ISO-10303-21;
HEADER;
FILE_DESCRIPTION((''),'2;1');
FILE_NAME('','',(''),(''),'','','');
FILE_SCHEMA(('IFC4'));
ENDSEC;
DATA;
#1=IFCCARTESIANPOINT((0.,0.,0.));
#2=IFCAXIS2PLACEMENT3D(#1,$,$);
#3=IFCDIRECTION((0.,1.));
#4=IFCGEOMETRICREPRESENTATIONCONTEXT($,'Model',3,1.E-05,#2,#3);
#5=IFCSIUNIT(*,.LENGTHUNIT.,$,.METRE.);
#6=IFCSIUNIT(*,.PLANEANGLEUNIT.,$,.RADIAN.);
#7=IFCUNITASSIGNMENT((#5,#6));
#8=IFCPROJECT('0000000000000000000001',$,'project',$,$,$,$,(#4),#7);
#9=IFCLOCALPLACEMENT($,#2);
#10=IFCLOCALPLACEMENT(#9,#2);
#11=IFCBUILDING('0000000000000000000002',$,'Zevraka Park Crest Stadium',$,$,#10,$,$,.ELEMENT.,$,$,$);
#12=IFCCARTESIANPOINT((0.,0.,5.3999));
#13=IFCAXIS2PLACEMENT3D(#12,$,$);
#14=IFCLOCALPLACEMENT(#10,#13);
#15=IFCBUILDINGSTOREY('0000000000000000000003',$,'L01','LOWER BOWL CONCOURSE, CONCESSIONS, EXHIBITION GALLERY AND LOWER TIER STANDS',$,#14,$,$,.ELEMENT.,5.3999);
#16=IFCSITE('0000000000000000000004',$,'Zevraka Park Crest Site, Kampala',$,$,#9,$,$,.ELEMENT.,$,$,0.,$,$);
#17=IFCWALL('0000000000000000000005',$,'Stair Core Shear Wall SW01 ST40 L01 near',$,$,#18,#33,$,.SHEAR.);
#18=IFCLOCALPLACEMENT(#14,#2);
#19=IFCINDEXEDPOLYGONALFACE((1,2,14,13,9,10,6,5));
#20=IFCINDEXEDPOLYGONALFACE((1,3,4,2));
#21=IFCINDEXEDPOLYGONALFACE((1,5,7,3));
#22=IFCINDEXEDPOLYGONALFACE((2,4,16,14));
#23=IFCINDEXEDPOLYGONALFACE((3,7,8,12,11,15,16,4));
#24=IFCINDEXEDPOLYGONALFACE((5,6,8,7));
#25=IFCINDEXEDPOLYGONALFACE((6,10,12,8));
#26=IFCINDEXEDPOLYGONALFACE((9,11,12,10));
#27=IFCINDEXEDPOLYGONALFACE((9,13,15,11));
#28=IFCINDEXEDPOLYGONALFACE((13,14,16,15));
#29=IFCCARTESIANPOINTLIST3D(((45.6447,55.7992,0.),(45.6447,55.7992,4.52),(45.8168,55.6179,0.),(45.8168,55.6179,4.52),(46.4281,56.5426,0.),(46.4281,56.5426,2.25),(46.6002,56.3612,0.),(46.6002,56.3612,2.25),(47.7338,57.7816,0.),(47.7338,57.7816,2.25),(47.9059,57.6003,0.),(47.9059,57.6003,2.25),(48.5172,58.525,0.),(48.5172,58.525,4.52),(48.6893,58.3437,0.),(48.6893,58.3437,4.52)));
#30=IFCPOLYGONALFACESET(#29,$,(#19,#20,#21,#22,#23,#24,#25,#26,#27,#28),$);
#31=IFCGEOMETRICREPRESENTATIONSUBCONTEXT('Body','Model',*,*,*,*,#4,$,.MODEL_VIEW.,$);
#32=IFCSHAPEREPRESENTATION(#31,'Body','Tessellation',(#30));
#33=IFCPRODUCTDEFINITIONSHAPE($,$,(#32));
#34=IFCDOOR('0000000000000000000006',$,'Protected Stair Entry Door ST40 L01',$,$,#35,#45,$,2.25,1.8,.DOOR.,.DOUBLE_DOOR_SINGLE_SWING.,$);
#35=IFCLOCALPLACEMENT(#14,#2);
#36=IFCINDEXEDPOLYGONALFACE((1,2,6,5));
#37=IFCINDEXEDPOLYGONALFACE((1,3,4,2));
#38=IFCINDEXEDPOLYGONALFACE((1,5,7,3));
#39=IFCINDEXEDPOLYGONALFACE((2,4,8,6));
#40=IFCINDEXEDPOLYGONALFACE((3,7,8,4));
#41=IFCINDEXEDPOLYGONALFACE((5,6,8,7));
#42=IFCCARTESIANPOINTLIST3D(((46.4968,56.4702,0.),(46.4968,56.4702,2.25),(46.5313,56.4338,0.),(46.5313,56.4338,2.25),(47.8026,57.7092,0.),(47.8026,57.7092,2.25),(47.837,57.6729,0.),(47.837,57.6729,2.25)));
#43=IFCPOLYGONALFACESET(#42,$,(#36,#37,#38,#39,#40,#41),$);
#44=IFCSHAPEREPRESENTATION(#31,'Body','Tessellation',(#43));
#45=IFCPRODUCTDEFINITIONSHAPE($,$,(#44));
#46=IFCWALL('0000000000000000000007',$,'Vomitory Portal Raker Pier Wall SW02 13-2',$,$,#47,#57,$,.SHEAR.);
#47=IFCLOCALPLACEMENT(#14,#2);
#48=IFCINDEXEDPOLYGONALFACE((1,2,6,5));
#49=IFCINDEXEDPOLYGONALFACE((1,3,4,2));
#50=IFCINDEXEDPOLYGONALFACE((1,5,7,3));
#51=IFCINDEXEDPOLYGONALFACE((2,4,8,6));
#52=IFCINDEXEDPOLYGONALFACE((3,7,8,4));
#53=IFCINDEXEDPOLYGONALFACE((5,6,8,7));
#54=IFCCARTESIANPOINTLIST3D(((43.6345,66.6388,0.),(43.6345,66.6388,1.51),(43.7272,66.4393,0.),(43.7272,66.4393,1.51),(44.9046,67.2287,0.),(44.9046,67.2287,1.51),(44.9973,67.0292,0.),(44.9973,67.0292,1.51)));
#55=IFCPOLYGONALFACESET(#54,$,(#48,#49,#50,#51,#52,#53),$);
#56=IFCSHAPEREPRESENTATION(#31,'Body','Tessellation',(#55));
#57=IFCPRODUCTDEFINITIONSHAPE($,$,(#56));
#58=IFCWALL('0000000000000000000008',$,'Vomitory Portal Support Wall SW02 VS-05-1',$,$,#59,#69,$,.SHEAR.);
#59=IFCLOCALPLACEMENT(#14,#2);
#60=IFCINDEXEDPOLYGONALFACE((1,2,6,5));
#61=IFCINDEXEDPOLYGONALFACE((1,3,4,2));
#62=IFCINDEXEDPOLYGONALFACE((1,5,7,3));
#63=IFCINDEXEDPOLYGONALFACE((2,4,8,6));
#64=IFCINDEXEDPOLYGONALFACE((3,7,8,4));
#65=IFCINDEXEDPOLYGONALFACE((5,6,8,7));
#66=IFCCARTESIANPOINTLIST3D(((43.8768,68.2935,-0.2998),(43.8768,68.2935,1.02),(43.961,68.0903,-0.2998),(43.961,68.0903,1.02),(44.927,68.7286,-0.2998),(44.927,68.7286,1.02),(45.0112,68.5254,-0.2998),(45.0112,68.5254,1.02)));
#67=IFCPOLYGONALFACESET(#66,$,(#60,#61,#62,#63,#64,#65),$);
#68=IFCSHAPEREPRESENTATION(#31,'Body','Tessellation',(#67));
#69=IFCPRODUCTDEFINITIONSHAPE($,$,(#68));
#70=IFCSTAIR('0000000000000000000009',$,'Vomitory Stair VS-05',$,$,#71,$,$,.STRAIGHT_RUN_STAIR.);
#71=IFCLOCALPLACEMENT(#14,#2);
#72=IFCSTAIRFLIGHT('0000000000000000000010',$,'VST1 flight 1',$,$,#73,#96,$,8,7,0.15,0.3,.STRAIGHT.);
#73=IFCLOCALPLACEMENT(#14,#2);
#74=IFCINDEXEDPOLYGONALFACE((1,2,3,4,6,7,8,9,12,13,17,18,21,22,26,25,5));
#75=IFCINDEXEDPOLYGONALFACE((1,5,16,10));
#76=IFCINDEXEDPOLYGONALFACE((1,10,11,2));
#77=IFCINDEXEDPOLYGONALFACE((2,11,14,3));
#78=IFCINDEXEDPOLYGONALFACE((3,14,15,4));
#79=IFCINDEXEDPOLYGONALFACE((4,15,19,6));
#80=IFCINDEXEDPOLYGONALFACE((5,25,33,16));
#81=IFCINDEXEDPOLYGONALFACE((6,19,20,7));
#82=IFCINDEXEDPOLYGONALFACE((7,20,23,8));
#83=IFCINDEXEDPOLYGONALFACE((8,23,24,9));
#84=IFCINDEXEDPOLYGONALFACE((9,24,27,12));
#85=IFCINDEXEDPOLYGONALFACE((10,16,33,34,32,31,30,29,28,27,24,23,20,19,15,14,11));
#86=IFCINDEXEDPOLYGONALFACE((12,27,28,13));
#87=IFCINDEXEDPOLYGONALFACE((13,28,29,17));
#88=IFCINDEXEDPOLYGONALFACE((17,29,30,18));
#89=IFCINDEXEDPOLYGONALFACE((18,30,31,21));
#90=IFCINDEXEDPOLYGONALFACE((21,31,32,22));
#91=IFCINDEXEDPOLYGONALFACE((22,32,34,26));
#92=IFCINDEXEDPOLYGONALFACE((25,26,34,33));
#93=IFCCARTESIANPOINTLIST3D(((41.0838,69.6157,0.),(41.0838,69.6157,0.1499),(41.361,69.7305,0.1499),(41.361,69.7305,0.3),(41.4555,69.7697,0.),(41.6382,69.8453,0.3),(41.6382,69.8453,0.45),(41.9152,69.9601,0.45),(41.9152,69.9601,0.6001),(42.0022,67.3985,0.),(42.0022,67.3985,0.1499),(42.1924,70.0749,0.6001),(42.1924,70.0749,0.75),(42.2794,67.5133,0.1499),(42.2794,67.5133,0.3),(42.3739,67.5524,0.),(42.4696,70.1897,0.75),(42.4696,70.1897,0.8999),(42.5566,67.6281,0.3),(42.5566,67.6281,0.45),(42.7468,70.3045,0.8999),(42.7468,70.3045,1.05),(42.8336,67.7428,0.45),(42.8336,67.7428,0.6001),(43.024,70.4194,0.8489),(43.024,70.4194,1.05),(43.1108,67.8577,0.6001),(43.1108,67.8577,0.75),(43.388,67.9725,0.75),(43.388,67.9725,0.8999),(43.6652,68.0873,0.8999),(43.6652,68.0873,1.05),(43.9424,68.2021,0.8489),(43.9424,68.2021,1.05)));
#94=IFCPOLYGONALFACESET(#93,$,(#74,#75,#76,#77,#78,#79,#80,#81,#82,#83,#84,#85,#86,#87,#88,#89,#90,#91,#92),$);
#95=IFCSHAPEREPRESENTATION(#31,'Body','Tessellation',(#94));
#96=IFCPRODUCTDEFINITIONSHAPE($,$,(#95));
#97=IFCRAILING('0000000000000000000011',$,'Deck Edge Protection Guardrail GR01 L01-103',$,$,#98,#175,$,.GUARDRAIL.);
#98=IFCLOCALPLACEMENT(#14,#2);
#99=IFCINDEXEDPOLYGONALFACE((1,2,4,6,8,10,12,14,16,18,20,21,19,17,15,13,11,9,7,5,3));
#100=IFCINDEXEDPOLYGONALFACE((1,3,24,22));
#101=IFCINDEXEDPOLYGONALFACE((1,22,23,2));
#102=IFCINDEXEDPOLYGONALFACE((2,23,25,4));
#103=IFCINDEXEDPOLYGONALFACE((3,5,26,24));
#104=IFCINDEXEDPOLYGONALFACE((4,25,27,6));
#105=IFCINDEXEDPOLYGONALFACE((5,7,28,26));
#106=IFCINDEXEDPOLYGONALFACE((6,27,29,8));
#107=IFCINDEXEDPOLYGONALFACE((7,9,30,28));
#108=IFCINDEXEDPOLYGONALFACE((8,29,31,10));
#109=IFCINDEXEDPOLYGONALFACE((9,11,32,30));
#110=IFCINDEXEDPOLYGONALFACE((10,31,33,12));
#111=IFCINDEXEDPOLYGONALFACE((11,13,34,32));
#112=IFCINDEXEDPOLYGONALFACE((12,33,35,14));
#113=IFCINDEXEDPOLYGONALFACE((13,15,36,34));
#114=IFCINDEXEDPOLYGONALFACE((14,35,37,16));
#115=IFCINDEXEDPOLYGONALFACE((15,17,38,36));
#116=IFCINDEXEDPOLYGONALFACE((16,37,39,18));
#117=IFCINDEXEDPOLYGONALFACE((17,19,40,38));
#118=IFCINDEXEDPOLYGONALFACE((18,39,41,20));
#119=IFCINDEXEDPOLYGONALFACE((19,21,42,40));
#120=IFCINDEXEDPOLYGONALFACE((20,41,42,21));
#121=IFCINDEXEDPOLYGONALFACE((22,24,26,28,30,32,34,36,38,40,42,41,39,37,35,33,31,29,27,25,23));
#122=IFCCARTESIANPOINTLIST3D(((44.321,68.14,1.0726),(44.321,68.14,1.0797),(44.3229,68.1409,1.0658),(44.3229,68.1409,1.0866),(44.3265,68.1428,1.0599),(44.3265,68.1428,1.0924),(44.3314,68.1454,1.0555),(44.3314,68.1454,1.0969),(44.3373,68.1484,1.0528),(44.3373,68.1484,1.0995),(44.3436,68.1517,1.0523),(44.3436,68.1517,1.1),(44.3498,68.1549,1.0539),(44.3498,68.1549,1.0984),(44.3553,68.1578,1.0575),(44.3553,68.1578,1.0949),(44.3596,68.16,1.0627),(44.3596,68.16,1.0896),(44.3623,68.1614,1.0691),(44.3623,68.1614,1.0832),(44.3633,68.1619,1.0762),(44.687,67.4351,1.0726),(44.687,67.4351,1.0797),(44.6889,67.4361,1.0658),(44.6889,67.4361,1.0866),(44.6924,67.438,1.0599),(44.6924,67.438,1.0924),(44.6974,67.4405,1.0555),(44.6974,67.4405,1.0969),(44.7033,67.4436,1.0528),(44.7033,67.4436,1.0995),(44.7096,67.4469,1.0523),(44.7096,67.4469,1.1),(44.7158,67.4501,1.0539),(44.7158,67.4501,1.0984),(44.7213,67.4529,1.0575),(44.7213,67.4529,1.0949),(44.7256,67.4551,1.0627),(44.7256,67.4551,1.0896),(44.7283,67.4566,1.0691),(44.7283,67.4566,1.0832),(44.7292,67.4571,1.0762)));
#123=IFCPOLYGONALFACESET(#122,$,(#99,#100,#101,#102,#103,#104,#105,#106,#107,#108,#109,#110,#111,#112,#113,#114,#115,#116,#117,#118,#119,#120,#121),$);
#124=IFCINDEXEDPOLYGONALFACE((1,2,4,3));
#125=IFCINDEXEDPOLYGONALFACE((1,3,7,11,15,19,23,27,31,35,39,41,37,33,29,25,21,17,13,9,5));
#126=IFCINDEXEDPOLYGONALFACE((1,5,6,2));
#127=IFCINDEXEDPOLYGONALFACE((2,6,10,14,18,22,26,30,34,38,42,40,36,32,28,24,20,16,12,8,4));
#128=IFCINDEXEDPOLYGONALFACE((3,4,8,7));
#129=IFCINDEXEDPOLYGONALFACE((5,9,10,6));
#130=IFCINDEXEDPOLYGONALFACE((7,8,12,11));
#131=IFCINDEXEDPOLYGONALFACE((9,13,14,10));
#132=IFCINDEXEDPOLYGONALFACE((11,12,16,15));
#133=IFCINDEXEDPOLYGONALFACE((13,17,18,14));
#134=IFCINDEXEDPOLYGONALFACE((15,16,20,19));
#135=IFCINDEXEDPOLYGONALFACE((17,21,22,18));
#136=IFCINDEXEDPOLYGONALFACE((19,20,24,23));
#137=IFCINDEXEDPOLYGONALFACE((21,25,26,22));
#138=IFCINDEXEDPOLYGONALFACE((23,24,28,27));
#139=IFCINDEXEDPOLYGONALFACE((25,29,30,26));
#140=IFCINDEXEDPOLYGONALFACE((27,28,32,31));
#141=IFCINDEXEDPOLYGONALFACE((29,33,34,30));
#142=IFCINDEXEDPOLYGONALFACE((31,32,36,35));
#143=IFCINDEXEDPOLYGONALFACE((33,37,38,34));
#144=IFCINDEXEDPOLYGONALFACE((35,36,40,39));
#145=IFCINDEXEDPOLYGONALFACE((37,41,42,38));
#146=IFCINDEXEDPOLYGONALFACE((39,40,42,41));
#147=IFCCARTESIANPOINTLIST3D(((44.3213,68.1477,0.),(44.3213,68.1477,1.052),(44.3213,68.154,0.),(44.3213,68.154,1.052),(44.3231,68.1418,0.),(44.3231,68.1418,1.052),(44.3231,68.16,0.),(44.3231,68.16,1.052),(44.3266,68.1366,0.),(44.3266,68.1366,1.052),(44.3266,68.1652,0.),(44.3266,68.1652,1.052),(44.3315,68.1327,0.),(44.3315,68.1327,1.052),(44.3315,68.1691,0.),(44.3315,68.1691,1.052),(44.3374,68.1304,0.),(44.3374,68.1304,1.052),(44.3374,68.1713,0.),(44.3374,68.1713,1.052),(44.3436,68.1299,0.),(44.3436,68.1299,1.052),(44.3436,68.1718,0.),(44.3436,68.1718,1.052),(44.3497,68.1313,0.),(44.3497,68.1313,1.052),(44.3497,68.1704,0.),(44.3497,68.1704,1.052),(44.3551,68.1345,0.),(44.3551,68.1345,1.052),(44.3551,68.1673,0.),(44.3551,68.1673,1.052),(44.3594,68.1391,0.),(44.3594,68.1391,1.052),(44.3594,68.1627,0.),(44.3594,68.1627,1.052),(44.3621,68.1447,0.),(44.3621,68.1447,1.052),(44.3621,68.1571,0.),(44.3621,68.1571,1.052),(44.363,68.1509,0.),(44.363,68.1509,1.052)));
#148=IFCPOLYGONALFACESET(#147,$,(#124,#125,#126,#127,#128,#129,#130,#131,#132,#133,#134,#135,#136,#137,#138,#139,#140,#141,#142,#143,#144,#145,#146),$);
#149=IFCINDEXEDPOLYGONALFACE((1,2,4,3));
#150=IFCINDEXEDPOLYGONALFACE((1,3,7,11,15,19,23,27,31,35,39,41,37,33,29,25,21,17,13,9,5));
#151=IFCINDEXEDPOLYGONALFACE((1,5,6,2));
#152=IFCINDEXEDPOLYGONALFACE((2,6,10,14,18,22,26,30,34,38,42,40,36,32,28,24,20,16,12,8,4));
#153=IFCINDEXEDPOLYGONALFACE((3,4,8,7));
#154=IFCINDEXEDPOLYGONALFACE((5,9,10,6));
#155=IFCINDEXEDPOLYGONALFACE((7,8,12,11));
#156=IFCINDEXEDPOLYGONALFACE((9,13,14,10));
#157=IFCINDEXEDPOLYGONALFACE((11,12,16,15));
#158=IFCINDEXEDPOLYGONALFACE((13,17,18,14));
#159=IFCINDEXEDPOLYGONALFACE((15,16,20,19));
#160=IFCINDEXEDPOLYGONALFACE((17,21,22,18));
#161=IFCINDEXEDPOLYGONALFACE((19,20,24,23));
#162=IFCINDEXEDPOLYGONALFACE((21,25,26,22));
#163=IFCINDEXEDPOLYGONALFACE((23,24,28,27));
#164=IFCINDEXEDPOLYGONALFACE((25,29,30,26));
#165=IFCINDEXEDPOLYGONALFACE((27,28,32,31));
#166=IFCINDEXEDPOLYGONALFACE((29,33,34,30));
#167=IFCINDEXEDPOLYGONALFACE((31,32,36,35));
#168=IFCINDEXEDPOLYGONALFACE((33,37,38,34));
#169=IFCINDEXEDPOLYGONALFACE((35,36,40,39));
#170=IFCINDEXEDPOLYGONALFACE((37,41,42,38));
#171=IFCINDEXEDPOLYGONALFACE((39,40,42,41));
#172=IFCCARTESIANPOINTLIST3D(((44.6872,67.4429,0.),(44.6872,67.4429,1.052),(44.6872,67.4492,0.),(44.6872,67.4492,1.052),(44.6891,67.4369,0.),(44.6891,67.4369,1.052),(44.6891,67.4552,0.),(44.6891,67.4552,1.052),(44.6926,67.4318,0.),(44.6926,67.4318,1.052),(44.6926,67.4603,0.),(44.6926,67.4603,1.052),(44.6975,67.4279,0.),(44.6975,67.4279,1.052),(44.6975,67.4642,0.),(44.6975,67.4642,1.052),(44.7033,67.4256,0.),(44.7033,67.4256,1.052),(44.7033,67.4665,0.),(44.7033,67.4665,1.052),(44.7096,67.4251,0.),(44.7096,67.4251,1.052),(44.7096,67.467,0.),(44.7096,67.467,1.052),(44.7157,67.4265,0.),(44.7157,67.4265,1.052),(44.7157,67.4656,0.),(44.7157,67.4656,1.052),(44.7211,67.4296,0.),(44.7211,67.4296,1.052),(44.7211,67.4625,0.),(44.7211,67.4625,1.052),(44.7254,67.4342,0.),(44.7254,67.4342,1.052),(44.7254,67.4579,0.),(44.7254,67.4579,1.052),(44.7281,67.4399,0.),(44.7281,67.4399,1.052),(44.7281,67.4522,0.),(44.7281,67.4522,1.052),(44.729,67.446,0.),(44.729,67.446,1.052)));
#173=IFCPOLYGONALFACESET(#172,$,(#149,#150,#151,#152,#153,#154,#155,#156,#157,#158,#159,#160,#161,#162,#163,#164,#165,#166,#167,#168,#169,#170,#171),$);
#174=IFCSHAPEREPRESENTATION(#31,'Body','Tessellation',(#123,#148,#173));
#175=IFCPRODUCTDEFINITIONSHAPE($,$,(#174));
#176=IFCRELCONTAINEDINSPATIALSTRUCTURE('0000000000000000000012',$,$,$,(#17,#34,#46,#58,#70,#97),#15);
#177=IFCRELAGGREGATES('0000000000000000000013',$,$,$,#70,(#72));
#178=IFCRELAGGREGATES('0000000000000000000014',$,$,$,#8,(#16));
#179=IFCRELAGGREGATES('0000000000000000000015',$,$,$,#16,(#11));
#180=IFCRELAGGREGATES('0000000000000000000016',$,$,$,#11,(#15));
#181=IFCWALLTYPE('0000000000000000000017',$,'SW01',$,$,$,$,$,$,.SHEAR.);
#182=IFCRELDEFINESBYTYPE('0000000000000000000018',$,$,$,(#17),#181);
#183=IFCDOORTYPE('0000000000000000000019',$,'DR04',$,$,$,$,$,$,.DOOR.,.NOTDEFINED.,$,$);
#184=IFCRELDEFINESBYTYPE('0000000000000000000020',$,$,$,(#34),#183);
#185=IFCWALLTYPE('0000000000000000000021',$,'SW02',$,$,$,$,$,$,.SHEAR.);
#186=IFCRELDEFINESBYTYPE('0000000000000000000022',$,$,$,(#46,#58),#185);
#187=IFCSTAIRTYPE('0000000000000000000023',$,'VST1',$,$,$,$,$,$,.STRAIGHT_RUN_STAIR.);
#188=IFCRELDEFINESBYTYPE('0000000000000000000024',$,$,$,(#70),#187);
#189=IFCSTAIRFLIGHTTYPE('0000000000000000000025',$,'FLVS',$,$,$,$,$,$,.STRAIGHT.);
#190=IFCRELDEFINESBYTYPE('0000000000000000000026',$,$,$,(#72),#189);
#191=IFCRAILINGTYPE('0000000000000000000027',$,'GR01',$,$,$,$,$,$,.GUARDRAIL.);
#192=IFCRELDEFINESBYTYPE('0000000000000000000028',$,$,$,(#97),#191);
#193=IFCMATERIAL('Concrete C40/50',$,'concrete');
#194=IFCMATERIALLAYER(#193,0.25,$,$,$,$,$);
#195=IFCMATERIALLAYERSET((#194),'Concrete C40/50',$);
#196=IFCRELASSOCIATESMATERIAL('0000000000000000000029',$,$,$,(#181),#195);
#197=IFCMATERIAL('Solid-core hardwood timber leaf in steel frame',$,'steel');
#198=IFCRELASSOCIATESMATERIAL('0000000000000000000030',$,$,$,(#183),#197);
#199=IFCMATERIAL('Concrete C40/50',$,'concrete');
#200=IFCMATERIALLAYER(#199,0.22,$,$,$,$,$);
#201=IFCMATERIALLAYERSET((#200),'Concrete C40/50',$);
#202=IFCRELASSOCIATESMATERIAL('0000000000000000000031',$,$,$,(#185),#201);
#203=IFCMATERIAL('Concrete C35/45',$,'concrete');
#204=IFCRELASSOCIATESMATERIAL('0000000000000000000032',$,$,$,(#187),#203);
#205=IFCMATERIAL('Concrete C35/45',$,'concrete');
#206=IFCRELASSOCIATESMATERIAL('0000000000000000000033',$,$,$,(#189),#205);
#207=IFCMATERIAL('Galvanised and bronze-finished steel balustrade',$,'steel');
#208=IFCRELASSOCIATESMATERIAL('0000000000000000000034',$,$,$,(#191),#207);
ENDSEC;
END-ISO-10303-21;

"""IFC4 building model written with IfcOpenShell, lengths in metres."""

from ifc_helpers import new_model, si_unit, direction, frame, frame_2d, origin, origin_2d, place, context, subcontext, project, spatial, polyline, rectangle, circle, outline, extrude, material, layer, layer_set, type_object, element, fill, aggregate, save


model = new_model("IFC4")

# Units and contexts
model_context = context("Model", 3, precision=1e-05, world=origin(), true_north=direction((0.0, 1.0)))
body_context = subcontext(model_context, "Body", "Model", "MODEL_VIEW")
ifc_project = project(units=[si_unit("LENGTHUNIT", "METRE"), si_unit("PLANEANGLEUNIT", "RADIAN")], contexts=[model_context])

# Site, building, storey
site_placement = place(None, origin())
site = spatial("IfcSite", under=ifc_project, at=site_placement, Name="Zevraka Park Crest Site, Kampala", CompositionType="ELEMENT", RefElevation=0.0)
building_placement = place(site_placement, origin())
building = spatial("IfcBuilding", under=site, at=building_placement, Name="Zevraka Park Crest Stadium", CompositionType="ELEMENT")
storey_placement = place(building_placement, frame((0.0, 0.0, 5.3999)))
storey = spatial("IfcBuildingStorey", under=building, at=storey_placement, Name="L01", Description="LOWER BOWL CONCOURSE, CONCESSIONS, EXHIBITION GALLERY AND LOWER TIER STANDS", CompositionType="ELEMENT", Elevation=5.3999)

# Wall, opening, door
ifc_material_1 = material(Name="Concrete C40/50", Category="concrete")
ifc_layer_1 = layer(ifc_material_1, 0.25)
ifc_layer_set_1 = layer_set([ifc_layer_1], Name="Concrete C40/50")
wall_type_1 = type_object("IfcWallType", Name="SW01", PredefinedType="SHEAR", material=ifc_layer_set_1)
wall_1_placement = place(storey_placement, frame((48.6033, 58.4343, 0.0), z_axis=(0.0, 0.0, 1.0), x_axis=(-0.72539, -0.688338, 0.0)))
wall_1 = element("IfcWall", 1, at=wall_1_placement, inside=storey, type_object=wall_type_1, Name="Stair Core Shear Wall SW01 ST40 L01 near", PredefinedType="SHEAR", context=body_context, shape_type="SweptSolid", body=[
    extrude(rectangle(XDim=3.96, YDim=0.25, at=frame_2d((1.98, 0.0))), origin(), (0.0, 0.0, 1.0), 4.52),
])
opening_placement = place(wall_1_placement, frame((1.0801, 0.0, 0.0)))
opening = element("IfcOpeningElement", 2, at=opening_placement, cuts=wall_1, PredefinedType="OPENING", context=body_context, shape_type="SweptSolid", body=[
    extrude(rectangle(XDim=1.8, YDim=2.25, at=frame_2d((0.8999, 1.125))), frame((0.0, 0.135, 0.0), z_axis=(0.0, -1.0, 0.0), x_axis=(1.0, 0.0, 0.0)), (0.0, 0.0, 1.0), 0.27),
])
ifc_material_2 = material(Name="Solid-core hardwood timber leaf in steel frame", Category="steel")
door_type = type_object("IfcDoorType", Name="DR04", OperationType="NOTDEFINED", PredefinedType="DOOR", material=ifc_material_2)
door_placement = place(opening_placement, origin())
door = element("IfcDoor", 3, at=door_placement, inside=storey, type_object=door_type, Name="Protected Stair Entry Door ST40 L01", OperationType="DOUBLE_DOOR_SINGLE_SWING", OverallHeight=2.25, OverallWidth=1.8, PredefinedType="DOOR", context=body_context, shape_type="SweptSolid", body=[
    extrude(rectangle(XDim=1.8, YDim=2.25, at=frame_2d((0.8999, 1.125))), frame((0.0, 0.0249, 0.0), z_axis=(0.0, -1.0, 0.0), x_axis=(1.0, 0.0, 0.0)), (0.0, 0.0, 1.0), 0.05),
])
fill(opening, door)

# Walls
ifc_material_3 = material(Name="Concrete C40/50", Category="concrete")
ifc_layer_2 = layer(ifc_material_3, 0.22)
ifc_layer_set_2 = layer_set([ifc_layer_2], Name="Concrete C40/50")
wall_type_2 = type_object("IfcWallType", Name="SW02", PredefinedType="SHEAR", material=ifc_layer_set_2)
wall_2_placement = place(storey_placement, frame((44.9509, 67.1289, 0.0), z_axis=(0.0, 0.0, 1.0), x_axis=(-0.906957, -0.421224, 0.0)))
element("IfcWall", 4, at=wall_2_placement, inside=storey, type_object=wall_type_2, Name="Vomitory Portal Raker Pier Wall SW02 13-2", PredefinedType="SHEAR", context=body_context, shape_type="SweptSolid", body=[
    extrude(rectangle(XDim=1.4004, YDim=0.22, at=frame_2d((0.7002, 0.0))), origin(), (0.0, 0.0, 1.0), 1.51),
])
wall_3_placement = place(storey_placement, frame((43.9189, 68.1919, -0.2998), z_axis=(0.0, 0.0, 1.0), x_axis=(0.923844, 0.382769, 0.0)))
element("IfcWall", 5, at=wall_3_placement, inside=storey, type_object=wall_type_2, Name="Vomitory Portal Support Wall SW02 VS-05-1", PredefinedType="SHEAR", context=body_context, shape_type="SweptSolid", body=[
    extrude(rectangle(XDim=1.1367, YDim=0.22, at=frame_2d((0.5684, 0.0))), origin(), (0.0, 0.0, 1.0), 1.3198),
])

# Stair, stair flight
ifc_material_4 = material(Name="Concrete C35/45", Category="concrete")
stair_type = type_object("IfcStairType", Name="VST1", PredefinedType="STRAIGHT_RUN_STAIR", material=ifc_material_4)
stair_placement = place(storey_placement, origin())
stair = element("IfcStair", 6, at=stair_placement, inside=storey, type_object=stair_type, Name="Vomitory Stair VS-05", PredefinedType="STRAIGHT_RUN_STAIR")
ifc_material_5 = material(Name="Concrete C35/45", Category="concrete")
stair_flight_type = type_object("IfcStairFlightType", Name="FLVS", PredefinedType="STRAIGHT", material=ifc_material_5)
stair_flight_placement = place(storey_placement, frame((41.543, 68.5071, 0.0), z_axis=(0.0, 0.0, 1.0), x_axis=(0.923882, 0.382677, 0.0)))
stair_flight = element("IfcStairFlight", 7, at=stair_flight_placement, type_object=stair_flight_type, Name="VST1 flight 1", NumberOfRisers=8, NumberOfTreads=7, PredefinedType="STRAIGHT", RiserHeight=0.15, TreadLength=0.3, context=body_context, shape_type="SweptSolid", body=[
    extrude(outline(polyline([(0.0, 0.0), (0.0, 0.1499), (0.3, 0.1499), (0.3, 0.3), (0.6001, 0.3), (0.6001, 0.45), (0.8999, 0.45), (0.8999, 0.6001), (1.2, 0.6001), (1.2, 0.75), (1.5, 0.75), (1.5, 0.8999), (1.8, 0.8999), (1.8, 1.05), (2.1001, 1.05), (2.1001, 1.2), (2.1001, 0.8489), (0.4023, 0.0), (0.0, 0.0)])), frame((0.0, 1.2, 0.0), z_axis=(0.0, -1.0, 0.0), x_axis=(1.0, 0.0, 0.0)), (0.0, 0.0, 1.0), 2.3999),
])
aggregate(stair, [stair_flight])

# Railing
ifc_material_6 = material(Name="Galvanised and bronze-finished steel balustrade", Category="steel")
railing_type_1 = type_object("IfcRailingType", Name="GR01", PredefinedType="GUARDRAIL", material=ifc_material_6)
railing_1_placement = place(storey_placement, frame((44.342, 68.1509, 0.0)))
element("IfcRailing", 8, at=railing_1_placement, inside=storey, type_object=railing_type_1, Name="Deck Edge Protection Guardrail GR01 L01-103", PredefinedType="GUARDRAIL", context=body_context, shape_type="SweptSolid", body=[
    extrude(circle(Radius=0.0239, at=origin_2d()), frame((0.0, 0.0, 1.0762), z_axis=(0.460811, -0.887498, 0.0), x_axis=(0.887498, 0.460811, 0.0)), (0.0, 0.0, 1.0), 0.7942),
    extrude(circle(Radius=0.021, at=origin_2d()), origin(), (0.0, 0.0, 1.0), 1.052),
    extrude(circle(Radius=0.021, at=origin_2d()), frame((0.366, -0.7048, 0.0)), (0.0, 0.0, 1.0), 1.052),
])

save(model, "model.ifc")
